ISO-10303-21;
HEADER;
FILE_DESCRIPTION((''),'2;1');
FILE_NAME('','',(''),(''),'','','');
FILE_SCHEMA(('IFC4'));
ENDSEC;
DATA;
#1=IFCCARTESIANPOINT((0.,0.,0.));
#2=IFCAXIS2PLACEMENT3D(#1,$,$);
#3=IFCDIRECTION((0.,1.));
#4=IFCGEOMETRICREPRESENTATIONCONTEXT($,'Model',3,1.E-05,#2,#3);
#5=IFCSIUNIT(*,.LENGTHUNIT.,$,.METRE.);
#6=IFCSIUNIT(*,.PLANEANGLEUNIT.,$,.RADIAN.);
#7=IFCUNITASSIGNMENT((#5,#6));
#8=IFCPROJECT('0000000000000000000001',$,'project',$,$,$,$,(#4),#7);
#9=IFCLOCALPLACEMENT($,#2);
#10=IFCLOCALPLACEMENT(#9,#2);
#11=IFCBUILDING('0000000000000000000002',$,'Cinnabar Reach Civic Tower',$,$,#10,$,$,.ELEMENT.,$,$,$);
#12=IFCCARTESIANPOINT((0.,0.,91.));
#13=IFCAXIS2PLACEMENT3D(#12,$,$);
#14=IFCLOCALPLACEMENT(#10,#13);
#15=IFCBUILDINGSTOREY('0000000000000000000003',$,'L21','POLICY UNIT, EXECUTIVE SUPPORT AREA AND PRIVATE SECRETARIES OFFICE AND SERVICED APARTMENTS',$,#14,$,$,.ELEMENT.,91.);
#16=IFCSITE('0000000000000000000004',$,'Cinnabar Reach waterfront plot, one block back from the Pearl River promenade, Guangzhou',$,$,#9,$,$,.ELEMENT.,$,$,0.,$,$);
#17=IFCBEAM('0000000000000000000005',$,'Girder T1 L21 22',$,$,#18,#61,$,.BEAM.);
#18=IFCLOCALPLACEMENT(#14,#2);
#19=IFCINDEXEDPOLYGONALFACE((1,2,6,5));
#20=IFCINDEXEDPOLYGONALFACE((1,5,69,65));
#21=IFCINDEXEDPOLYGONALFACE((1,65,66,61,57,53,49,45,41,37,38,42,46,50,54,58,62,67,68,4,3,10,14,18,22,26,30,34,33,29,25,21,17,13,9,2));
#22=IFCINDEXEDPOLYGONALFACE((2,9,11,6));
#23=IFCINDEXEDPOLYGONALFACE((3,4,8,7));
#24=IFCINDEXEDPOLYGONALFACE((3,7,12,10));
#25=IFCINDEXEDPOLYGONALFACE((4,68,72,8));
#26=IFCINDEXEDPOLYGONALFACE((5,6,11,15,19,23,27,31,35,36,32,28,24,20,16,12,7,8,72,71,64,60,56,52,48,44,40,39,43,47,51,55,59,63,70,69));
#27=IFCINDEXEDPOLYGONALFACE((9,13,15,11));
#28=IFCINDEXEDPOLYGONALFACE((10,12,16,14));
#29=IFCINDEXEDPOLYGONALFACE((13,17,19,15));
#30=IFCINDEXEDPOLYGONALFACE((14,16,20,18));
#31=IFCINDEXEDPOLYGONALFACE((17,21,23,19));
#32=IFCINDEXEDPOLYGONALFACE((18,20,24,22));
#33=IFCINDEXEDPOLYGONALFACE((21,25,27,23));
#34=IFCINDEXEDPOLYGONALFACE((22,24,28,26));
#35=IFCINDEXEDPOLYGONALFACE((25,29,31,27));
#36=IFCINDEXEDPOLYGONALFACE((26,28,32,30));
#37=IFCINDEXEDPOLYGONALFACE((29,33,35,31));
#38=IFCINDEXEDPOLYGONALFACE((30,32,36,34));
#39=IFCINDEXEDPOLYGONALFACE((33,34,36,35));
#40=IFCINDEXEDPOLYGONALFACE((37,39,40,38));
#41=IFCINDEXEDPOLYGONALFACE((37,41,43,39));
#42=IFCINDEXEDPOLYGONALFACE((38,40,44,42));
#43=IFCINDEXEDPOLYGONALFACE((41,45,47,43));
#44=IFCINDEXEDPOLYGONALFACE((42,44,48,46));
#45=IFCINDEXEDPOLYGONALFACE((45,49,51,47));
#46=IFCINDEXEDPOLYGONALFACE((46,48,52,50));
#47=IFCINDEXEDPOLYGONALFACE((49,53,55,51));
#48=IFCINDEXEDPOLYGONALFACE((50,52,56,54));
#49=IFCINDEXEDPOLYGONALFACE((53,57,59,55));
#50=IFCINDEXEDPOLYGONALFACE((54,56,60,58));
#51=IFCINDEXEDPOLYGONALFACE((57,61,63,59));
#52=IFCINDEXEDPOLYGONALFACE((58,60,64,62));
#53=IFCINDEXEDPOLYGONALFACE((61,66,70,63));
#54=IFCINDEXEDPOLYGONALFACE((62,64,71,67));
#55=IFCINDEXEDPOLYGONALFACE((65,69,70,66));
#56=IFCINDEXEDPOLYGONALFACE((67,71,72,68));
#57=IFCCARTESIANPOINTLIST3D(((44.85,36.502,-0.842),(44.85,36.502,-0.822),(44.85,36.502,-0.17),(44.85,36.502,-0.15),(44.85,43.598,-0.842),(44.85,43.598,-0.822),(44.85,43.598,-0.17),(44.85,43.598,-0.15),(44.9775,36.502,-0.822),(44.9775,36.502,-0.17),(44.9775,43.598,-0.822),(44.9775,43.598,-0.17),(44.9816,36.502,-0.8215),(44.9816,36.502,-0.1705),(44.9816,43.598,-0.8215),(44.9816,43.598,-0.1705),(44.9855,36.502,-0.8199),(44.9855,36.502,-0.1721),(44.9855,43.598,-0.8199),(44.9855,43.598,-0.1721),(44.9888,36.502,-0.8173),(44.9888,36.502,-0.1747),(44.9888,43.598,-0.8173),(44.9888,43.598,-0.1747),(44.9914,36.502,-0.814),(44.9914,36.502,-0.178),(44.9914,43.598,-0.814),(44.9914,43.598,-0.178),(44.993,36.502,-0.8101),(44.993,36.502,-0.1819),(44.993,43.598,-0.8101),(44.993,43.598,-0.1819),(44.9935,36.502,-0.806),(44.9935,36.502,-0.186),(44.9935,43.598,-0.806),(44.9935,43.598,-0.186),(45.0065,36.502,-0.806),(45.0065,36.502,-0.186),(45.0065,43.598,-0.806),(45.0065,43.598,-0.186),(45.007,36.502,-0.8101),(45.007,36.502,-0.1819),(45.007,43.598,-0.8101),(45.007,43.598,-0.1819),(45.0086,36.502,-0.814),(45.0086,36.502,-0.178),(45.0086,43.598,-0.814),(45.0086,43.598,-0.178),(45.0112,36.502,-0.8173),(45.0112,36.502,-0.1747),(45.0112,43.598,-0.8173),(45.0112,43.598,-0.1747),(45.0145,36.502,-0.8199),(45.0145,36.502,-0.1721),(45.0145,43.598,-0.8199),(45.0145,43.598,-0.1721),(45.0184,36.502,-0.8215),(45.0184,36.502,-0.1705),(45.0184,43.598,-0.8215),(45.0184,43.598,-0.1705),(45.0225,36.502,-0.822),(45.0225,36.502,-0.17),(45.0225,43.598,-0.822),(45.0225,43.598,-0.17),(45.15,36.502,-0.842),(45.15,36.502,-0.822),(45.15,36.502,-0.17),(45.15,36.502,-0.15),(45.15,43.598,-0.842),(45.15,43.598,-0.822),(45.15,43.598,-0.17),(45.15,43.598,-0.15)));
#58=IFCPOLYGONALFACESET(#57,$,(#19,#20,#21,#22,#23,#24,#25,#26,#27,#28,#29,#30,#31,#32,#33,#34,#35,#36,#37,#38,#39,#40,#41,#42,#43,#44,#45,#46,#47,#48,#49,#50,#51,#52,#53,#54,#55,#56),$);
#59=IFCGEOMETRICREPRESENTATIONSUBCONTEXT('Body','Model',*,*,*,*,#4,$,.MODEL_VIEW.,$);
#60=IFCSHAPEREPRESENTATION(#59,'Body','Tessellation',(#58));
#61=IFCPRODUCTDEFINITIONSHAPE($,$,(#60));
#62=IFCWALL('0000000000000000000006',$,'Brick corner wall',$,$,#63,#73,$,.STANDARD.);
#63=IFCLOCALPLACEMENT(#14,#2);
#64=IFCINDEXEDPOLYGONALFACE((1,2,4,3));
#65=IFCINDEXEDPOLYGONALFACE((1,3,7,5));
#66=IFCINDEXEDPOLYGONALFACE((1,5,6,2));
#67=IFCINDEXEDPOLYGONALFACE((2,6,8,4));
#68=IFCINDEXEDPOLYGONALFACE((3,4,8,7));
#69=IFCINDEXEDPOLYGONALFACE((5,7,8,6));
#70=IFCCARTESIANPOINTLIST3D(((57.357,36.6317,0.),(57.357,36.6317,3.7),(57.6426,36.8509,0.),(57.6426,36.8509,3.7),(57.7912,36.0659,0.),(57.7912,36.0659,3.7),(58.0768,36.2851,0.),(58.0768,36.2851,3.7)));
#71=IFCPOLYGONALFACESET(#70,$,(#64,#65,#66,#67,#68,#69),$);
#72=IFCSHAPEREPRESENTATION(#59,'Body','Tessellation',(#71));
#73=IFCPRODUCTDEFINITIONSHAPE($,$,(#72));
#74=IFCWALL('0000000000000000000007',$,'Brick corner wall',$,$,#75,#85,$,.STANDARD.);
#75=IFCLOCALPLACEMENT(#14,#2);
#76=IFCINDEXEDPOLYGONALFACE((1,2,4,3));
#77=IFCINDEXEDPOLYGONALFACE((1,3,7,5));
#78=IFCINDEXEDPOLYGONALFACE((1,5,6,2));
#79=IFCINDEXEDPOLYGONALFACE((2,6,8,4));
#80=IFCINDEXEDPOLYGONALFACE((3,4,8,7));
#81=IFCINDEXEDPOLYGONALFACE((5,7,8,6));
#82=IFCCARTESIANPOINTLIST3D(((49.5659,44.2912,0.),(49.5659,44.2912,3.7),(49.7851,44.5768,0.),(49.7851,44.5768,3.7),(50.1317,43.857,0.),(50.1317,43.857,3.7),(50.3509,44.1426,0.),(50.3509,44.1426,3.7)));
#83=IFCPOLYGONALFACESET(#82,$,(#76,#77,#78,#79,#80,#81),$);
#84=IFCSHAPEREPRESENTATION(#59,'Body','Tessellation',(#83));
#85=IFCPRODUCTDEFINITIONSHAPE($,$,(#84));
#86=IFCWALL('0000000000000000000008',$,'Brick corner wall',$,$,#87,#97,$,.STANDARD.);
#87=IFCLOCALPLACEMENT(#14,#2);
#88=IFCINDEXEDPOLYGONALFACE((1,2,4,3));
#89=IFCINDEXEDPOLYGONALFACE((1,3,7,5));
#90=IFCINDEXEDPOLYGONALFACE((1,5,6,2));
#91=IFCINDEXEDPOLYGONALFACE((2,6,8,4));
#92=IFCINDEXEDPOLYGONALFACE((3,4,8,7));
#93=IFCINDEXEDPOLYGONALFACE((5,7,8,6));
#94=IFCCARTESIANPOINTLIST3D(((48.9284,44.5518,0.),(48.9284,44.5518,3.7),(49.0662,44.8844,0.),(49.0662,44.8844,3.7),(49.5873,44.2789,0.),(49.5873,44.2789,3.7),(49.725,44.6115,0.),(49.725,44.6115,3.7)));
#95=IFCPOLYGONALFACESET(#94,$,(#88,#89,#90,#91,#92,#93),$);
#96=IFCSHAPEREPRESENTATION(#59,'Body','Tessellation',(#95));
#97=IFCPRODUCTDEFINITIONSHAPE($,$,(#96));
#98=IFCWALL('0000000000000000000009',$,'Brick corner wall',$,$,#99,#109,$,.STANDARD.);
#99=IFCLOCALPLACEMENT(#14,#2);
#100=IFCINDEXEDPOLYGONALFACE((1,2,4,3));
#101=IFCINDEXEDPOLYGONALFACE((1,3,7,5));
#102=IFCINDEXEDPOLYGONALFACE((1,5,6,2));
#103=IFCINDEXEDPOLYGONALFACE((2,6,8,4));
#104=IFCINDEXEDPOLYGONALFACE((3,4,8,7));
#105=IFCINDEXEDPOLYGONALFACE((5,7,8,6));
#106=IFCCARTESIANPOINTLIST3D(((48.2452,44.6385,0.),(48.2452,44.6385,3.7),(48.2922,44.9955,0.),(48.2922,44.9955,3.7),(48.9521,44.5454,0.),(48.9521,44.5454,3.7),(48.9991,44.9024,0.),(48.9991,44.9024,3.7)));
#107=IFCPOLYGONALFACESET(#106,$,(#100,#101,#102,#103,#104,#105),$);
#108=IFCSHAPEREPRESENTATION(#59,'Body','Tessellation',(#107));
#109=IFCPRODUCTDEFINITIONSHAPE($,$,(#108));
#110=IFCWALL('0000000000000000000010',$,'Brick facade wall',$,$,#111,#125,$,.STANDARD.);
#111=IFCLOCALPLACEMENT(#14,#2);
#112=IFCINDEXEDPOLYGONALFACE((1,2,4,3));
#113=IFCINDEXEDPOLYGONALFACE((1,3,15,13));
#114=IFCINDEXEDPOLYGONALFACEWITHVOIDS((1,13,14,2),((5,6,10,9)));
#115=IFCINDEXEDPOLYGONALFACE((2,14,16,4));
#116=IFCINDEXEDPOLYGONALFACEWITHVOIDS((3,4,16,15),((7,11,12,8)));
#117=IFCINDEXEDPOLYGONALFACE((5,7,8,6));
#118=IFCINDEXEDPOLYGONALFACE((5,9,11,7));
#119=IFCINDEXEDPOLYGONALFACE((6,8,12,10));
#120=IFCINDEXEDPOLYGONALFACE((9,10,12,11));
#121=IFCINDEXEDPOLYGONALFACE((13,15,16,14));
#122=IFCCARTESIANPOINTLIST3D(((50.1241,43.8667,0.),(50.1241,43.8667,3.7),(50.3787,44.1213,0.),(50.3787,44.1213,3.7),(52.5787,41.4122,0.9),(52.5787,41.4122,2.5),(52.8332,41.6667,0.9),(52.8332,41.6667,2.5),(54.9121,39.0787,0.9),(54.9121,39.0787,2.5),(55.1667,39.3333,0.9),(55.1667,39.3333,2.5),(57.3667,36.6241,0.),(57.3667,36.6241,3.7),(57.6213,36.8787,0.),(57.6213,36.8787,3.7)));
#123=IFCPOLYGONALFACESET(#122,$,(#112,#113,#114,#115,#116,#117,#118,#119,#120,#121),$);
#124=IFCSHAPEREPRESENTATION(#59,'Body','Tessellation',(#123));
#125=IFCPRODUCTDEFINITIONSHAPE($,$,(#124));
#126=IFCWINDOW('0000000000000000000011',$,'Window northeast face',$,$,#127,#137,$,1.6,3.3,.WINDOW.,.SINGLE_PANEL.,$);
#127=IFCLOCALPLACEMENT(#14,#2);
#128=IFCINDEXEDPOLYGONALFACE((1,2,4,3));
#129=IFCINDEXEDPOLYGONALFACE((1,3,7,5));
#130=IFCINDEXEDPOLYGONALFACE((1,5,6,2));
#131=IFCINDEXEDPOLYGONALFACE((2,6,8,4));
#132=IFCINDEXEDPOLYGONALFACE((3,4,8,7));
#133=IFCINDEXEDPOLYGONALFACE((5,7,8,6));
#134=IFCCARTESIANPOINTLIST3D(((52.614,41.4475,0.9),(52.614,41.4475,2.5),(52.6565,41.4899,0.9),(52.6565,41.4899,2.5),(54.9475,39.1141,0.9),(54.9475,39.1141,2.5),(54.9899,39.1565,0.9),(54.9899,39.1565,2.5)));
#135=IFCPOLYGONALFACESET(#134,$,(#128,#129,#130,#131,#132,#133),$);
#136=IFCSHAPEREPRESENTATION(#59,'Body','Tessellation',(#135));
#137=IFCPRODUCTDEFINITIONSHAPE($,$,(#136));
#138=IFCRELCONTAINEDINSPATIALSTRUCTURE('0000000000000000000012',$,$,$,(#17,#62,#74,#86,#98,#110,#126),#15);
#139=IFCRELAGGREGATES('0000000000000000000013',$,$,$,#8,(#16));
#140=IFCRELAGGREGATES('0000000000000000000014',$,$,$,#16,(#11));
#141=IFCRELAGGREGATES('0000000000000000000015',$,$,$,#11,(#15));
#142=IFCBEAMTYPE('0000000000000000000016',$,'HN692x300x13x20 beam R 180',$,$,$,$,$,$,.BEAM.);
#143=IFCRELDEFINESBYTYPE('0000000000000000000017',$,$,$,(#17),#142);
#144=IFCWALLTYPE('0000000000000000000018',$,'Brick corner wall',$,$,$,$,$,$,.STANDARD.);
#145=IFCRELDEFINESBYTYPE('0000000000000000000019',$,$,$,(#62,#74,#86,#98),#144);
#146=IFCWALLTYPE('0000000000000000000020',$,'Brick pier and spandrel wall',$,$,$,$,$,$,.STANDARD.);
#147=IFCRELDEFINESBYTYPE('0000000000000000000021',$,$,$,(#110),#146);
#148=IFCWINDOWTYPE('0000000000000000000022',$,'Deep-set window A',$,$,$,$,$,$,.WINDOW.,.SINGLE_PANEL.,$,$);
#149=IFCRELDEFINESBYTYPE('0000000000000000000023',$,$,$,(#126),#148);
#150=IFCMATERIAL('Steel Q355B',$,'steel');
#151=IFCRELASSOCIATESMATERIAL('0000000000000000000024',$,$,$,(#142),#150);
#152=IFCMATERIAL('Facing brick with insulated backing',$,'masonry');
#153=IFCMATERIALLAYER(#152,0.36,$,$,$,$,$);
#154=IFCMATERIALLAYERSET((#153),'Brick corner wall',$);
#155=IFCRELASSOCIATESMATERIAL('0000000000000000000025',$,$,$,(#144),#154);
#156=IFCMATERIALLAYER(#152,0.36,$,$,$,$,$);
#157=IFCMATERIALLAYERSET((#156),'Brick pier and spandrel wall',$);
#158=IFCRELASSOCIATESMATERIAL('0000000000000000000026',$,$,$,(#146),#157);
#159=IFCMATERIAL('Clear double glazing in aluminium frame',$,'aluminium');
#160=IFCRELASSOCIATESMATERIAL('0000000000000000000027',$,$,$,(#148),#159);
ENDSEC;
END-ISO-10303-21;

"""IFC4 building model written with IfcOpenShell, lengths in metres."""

from ifc_helpers import new_model, si_unit, direction, frame, frame_2d, origin, origin_2d, place, context, subcontext, project, spatial, rectangle, i_section, extrude, material, layer, layer_set, material_profile, profile_set, type_object, element, fill, save


model = new_model("IFC4")

# Units and contexts
model_context = context("Model", 3, precision=1e-05, world=origin(), true_north=direction((0.0, 1.0)))
body_context = subcontext(model_context, "Body", "Model", "MODEL_VIEW")
ifc_project = project(units=[si_unit("LENGTHUNIT", "METRE"), si_unit("PLANEANGLEUNIT", "RADIAN")], contexts=[model_context])

# Site, building, storey
site_placement = place(None, origin())
site = spatial("IfcSite", under=ifc_project, at=site_placement, Name="Cinnabar Reach waterfront plot, one block back from the Pearl River promenade, Guangzhou", CompositionType="ELEMENT", RefElevation=0.0)
building_placement = place(site_placement, origin())
building = spatial("IfcBuilding", under=site, at=building_placement, Name="Cinnabar Reach Civic Tower", CompositionType="ELEMENT")
storey_placement = place(building_placement, frame((0.0, 0.0, 91.0)))
storey = spatial("IfcBuildingStorey", under=building, at=storey_placement, Name="L21", Description="POLICY UNIT, EXECUTIVE SUPPORT AREA AND PRIVATE SECRETARIES OFFICE AND SERVICED APARTMENTS", CompositionType="ELEMENT", Elevation=91.0)

# Beam
ifc_material_1 = material(Name="Steel Q355B", Category="steel")
ifc_material_profile_1 = material_profile(ifc_material_1, i_section(OverallWidth=0.3, OverallDepth=0.692, WebThickness=0.013, FlangeThickness=0.02, FilletRadius=0.016, at=origin_2d()), Name="HN692x300x13x20")
ifc_profile_set_1 = profile_set([ifc_material_profile_1], Name="Steel Q355B")
beam_type_1 = type_object("IfcBeamType", Name="HN692x300x13x20 beam R 180", PredefinedType="BEAM", material=ifc_profile_set_1)
beam_1_placement = place(storey_placement, frame((45.0, 36.502, -0.496), z_axis=(0.0, 1.0, 0.0), x_axis=(-1.0, 0.0, 0.0)))
element("IfcBeam", 1, at=beam_1_placement, inside=storey, type_object=beam_type_1, Name="Girder T1 L21 22", PredefinedType="BEAM", context=body_context, shape_type="SweptSolid", body=[
    extrude(i_section(OverallWidth=0.3, OverallDepth=0.692, WebThickness=0.013, FlangeThickness=0.02, FilletRadius=0.016, at=origin_2d()), origin(), (0.0, 0.0, 1.0), 7.096),
])

# Walls
ifc_material_2 = material(Name="Facing brick with insulated backing", Category="masonry")
ifc_layer_1 = layer(ifc_material_2, 0.36)
ifc_layer_set_1 = layer_set([ifc_layer_1], Name="Brick corner wall")
wall_type_1 = type_object("IfcWallType", Name="Brick corner wall", PredefinedType="STANDARD", material=ifc_layer_set_1)
for number, where, z_axis, x_axis, name in (
    (2, (57.934, 36.1755, 0.0), (0.0, 0.0, 1.0), (-0.608802, 0.793322, 0.0), "Brick corner wall"),
    (3, (50.2413, 43.9998, 0.0), (0.0, 0.0, 1.0), (-0.793322, 0.608802, 0.0), "Brick corner wall"),
):
    element("IfcWall", number, at=place(storey_placement, frame(where, z_axis=z_axis, x_axis=x_axis)), inside=storey, type_object=wall_type_1, Name=name, PredefinedType="STANDARD", context=body_context, shape_type="SweptSolid", body=[
        extrude(rectangle(XDim=0.7132, YDim=0.36, at=frame_2d((0.3566, 0.0))), origin(), (0.0, 0.0, 1.0), 3.7),
    ])
for number, where, z_axis, x_axis, name in (
    (4, (49.6561, 44.4452, 0.0), (0.0, 0.0, 1.0), (-0.923872, 0.382703, 0.0), "Brick corner wall"),
    (5, (48.9756, 44.7239, 0.0), (0.0, 0.0, 1.0), (-0.991441, 0.130556, 0.0), "Brick corner wall"),
):
    element("IfcWall", number, at=place(storey_placement, frame(where, z_axis=z_axis, x_axis=x_axis)), inside=storey, type_object=wall_type_1, Name=name, PredefinedType="STANDARD", context=body_context, shape_type="SweptSolid", body=[
        extrude(rectangle(XDim=0.7131, YDim=0.36, at=frame_2d((0.3565, 0.0))), origin(), (0.0, 0.0, 1.0), 3.7),
    ])

# Wall, opening, window
ifc_layer_2 = layer(ifc_material_2, 0.36)
ifc_layer_set_2 = layer_set([ifc_layer_2], Name="Brick pier and spandrel wall")
wall_type_2 = type_object("IfcWallType", Name="Brick pier and spandrel wall", PredefinedType="STANDARD", material=ifc_layer_set_2)
wall_1_placement = place(storey_placement, frame((57.494, 36.7514, 0.0), z_axis=(0.0, 0.0, 1.0), x_axis=(-0.707107, 0.707107, 0.0)))
wall_1 = element("IfcWall", 6, at=wall_1_placement, inside=storey, type_object=wall_type_2, Name="Brick facade wall", PredefinedType="STANDARD", context=body_context, shape_type="SweptSolid", body=[
    extrude(rectangle(XDim=10.2426, YDim=0.36, at=frame_2d((5.1213, 0.0))), origin(), (0.0, 0.0, 1.0), 3.7),
])
opening_1_placement = place(wall_1_placement, frame((3.4713, 0.0, 0.9)))
opening_1 = element("IfcOpeningElement", 7, at=opening_1_placement, cuts=wall_1, PredefinedType="OPENING", context=body_context, shape_type="SweptSolid", body=[
    extrude(rectangle(XDim=3.3, YDim=1.6, at=frame_2d((1.65, 0.8))), frame((0.0, 0.19, 0.0), z_axis=(0.0, -1.0, 0.0), x_axis=(1.0, 0.0, 0.0)), (0.0, 0.0, 1.0), 0.38),
])
ifc_material_3 = material(Name="Clear double glazing in aluminium frame", Category="aluminium")
window_type_1 = type_object("IfcWindowType", Name="Deep-set window A", PartitioningType="SINGLE_PANEL", PredefinedType="WINDOW", material=ifc_material_3)
window_1_placement = place(opening_1_placement, origin())
window_1 = element("IfcWindow", 8, at=window_1_placement, inside=storey, type_object=window_type_1, Name="Window northeast face", OverallHeight=1.6, OverallWidth=3.3, PartitioningType="SINGLE_PANEL", PredefinedType="WINDOW", context=body_context, shape_type="SweptSolid", body=[
    extrude(rectangle(XDim=3.3, YDim=1.6, at=frame_2d((1.65, 0.8))), frame((0.0, 0.13, 0.0), z_axis=(0.0, -1.0, 0.0), x_axis=(1.0, 0.0, 0.0)), (0.0, 0.0, 1.0), 0.06),
])
fill(opening_1, window_1)

save(model, "model.ifc")
